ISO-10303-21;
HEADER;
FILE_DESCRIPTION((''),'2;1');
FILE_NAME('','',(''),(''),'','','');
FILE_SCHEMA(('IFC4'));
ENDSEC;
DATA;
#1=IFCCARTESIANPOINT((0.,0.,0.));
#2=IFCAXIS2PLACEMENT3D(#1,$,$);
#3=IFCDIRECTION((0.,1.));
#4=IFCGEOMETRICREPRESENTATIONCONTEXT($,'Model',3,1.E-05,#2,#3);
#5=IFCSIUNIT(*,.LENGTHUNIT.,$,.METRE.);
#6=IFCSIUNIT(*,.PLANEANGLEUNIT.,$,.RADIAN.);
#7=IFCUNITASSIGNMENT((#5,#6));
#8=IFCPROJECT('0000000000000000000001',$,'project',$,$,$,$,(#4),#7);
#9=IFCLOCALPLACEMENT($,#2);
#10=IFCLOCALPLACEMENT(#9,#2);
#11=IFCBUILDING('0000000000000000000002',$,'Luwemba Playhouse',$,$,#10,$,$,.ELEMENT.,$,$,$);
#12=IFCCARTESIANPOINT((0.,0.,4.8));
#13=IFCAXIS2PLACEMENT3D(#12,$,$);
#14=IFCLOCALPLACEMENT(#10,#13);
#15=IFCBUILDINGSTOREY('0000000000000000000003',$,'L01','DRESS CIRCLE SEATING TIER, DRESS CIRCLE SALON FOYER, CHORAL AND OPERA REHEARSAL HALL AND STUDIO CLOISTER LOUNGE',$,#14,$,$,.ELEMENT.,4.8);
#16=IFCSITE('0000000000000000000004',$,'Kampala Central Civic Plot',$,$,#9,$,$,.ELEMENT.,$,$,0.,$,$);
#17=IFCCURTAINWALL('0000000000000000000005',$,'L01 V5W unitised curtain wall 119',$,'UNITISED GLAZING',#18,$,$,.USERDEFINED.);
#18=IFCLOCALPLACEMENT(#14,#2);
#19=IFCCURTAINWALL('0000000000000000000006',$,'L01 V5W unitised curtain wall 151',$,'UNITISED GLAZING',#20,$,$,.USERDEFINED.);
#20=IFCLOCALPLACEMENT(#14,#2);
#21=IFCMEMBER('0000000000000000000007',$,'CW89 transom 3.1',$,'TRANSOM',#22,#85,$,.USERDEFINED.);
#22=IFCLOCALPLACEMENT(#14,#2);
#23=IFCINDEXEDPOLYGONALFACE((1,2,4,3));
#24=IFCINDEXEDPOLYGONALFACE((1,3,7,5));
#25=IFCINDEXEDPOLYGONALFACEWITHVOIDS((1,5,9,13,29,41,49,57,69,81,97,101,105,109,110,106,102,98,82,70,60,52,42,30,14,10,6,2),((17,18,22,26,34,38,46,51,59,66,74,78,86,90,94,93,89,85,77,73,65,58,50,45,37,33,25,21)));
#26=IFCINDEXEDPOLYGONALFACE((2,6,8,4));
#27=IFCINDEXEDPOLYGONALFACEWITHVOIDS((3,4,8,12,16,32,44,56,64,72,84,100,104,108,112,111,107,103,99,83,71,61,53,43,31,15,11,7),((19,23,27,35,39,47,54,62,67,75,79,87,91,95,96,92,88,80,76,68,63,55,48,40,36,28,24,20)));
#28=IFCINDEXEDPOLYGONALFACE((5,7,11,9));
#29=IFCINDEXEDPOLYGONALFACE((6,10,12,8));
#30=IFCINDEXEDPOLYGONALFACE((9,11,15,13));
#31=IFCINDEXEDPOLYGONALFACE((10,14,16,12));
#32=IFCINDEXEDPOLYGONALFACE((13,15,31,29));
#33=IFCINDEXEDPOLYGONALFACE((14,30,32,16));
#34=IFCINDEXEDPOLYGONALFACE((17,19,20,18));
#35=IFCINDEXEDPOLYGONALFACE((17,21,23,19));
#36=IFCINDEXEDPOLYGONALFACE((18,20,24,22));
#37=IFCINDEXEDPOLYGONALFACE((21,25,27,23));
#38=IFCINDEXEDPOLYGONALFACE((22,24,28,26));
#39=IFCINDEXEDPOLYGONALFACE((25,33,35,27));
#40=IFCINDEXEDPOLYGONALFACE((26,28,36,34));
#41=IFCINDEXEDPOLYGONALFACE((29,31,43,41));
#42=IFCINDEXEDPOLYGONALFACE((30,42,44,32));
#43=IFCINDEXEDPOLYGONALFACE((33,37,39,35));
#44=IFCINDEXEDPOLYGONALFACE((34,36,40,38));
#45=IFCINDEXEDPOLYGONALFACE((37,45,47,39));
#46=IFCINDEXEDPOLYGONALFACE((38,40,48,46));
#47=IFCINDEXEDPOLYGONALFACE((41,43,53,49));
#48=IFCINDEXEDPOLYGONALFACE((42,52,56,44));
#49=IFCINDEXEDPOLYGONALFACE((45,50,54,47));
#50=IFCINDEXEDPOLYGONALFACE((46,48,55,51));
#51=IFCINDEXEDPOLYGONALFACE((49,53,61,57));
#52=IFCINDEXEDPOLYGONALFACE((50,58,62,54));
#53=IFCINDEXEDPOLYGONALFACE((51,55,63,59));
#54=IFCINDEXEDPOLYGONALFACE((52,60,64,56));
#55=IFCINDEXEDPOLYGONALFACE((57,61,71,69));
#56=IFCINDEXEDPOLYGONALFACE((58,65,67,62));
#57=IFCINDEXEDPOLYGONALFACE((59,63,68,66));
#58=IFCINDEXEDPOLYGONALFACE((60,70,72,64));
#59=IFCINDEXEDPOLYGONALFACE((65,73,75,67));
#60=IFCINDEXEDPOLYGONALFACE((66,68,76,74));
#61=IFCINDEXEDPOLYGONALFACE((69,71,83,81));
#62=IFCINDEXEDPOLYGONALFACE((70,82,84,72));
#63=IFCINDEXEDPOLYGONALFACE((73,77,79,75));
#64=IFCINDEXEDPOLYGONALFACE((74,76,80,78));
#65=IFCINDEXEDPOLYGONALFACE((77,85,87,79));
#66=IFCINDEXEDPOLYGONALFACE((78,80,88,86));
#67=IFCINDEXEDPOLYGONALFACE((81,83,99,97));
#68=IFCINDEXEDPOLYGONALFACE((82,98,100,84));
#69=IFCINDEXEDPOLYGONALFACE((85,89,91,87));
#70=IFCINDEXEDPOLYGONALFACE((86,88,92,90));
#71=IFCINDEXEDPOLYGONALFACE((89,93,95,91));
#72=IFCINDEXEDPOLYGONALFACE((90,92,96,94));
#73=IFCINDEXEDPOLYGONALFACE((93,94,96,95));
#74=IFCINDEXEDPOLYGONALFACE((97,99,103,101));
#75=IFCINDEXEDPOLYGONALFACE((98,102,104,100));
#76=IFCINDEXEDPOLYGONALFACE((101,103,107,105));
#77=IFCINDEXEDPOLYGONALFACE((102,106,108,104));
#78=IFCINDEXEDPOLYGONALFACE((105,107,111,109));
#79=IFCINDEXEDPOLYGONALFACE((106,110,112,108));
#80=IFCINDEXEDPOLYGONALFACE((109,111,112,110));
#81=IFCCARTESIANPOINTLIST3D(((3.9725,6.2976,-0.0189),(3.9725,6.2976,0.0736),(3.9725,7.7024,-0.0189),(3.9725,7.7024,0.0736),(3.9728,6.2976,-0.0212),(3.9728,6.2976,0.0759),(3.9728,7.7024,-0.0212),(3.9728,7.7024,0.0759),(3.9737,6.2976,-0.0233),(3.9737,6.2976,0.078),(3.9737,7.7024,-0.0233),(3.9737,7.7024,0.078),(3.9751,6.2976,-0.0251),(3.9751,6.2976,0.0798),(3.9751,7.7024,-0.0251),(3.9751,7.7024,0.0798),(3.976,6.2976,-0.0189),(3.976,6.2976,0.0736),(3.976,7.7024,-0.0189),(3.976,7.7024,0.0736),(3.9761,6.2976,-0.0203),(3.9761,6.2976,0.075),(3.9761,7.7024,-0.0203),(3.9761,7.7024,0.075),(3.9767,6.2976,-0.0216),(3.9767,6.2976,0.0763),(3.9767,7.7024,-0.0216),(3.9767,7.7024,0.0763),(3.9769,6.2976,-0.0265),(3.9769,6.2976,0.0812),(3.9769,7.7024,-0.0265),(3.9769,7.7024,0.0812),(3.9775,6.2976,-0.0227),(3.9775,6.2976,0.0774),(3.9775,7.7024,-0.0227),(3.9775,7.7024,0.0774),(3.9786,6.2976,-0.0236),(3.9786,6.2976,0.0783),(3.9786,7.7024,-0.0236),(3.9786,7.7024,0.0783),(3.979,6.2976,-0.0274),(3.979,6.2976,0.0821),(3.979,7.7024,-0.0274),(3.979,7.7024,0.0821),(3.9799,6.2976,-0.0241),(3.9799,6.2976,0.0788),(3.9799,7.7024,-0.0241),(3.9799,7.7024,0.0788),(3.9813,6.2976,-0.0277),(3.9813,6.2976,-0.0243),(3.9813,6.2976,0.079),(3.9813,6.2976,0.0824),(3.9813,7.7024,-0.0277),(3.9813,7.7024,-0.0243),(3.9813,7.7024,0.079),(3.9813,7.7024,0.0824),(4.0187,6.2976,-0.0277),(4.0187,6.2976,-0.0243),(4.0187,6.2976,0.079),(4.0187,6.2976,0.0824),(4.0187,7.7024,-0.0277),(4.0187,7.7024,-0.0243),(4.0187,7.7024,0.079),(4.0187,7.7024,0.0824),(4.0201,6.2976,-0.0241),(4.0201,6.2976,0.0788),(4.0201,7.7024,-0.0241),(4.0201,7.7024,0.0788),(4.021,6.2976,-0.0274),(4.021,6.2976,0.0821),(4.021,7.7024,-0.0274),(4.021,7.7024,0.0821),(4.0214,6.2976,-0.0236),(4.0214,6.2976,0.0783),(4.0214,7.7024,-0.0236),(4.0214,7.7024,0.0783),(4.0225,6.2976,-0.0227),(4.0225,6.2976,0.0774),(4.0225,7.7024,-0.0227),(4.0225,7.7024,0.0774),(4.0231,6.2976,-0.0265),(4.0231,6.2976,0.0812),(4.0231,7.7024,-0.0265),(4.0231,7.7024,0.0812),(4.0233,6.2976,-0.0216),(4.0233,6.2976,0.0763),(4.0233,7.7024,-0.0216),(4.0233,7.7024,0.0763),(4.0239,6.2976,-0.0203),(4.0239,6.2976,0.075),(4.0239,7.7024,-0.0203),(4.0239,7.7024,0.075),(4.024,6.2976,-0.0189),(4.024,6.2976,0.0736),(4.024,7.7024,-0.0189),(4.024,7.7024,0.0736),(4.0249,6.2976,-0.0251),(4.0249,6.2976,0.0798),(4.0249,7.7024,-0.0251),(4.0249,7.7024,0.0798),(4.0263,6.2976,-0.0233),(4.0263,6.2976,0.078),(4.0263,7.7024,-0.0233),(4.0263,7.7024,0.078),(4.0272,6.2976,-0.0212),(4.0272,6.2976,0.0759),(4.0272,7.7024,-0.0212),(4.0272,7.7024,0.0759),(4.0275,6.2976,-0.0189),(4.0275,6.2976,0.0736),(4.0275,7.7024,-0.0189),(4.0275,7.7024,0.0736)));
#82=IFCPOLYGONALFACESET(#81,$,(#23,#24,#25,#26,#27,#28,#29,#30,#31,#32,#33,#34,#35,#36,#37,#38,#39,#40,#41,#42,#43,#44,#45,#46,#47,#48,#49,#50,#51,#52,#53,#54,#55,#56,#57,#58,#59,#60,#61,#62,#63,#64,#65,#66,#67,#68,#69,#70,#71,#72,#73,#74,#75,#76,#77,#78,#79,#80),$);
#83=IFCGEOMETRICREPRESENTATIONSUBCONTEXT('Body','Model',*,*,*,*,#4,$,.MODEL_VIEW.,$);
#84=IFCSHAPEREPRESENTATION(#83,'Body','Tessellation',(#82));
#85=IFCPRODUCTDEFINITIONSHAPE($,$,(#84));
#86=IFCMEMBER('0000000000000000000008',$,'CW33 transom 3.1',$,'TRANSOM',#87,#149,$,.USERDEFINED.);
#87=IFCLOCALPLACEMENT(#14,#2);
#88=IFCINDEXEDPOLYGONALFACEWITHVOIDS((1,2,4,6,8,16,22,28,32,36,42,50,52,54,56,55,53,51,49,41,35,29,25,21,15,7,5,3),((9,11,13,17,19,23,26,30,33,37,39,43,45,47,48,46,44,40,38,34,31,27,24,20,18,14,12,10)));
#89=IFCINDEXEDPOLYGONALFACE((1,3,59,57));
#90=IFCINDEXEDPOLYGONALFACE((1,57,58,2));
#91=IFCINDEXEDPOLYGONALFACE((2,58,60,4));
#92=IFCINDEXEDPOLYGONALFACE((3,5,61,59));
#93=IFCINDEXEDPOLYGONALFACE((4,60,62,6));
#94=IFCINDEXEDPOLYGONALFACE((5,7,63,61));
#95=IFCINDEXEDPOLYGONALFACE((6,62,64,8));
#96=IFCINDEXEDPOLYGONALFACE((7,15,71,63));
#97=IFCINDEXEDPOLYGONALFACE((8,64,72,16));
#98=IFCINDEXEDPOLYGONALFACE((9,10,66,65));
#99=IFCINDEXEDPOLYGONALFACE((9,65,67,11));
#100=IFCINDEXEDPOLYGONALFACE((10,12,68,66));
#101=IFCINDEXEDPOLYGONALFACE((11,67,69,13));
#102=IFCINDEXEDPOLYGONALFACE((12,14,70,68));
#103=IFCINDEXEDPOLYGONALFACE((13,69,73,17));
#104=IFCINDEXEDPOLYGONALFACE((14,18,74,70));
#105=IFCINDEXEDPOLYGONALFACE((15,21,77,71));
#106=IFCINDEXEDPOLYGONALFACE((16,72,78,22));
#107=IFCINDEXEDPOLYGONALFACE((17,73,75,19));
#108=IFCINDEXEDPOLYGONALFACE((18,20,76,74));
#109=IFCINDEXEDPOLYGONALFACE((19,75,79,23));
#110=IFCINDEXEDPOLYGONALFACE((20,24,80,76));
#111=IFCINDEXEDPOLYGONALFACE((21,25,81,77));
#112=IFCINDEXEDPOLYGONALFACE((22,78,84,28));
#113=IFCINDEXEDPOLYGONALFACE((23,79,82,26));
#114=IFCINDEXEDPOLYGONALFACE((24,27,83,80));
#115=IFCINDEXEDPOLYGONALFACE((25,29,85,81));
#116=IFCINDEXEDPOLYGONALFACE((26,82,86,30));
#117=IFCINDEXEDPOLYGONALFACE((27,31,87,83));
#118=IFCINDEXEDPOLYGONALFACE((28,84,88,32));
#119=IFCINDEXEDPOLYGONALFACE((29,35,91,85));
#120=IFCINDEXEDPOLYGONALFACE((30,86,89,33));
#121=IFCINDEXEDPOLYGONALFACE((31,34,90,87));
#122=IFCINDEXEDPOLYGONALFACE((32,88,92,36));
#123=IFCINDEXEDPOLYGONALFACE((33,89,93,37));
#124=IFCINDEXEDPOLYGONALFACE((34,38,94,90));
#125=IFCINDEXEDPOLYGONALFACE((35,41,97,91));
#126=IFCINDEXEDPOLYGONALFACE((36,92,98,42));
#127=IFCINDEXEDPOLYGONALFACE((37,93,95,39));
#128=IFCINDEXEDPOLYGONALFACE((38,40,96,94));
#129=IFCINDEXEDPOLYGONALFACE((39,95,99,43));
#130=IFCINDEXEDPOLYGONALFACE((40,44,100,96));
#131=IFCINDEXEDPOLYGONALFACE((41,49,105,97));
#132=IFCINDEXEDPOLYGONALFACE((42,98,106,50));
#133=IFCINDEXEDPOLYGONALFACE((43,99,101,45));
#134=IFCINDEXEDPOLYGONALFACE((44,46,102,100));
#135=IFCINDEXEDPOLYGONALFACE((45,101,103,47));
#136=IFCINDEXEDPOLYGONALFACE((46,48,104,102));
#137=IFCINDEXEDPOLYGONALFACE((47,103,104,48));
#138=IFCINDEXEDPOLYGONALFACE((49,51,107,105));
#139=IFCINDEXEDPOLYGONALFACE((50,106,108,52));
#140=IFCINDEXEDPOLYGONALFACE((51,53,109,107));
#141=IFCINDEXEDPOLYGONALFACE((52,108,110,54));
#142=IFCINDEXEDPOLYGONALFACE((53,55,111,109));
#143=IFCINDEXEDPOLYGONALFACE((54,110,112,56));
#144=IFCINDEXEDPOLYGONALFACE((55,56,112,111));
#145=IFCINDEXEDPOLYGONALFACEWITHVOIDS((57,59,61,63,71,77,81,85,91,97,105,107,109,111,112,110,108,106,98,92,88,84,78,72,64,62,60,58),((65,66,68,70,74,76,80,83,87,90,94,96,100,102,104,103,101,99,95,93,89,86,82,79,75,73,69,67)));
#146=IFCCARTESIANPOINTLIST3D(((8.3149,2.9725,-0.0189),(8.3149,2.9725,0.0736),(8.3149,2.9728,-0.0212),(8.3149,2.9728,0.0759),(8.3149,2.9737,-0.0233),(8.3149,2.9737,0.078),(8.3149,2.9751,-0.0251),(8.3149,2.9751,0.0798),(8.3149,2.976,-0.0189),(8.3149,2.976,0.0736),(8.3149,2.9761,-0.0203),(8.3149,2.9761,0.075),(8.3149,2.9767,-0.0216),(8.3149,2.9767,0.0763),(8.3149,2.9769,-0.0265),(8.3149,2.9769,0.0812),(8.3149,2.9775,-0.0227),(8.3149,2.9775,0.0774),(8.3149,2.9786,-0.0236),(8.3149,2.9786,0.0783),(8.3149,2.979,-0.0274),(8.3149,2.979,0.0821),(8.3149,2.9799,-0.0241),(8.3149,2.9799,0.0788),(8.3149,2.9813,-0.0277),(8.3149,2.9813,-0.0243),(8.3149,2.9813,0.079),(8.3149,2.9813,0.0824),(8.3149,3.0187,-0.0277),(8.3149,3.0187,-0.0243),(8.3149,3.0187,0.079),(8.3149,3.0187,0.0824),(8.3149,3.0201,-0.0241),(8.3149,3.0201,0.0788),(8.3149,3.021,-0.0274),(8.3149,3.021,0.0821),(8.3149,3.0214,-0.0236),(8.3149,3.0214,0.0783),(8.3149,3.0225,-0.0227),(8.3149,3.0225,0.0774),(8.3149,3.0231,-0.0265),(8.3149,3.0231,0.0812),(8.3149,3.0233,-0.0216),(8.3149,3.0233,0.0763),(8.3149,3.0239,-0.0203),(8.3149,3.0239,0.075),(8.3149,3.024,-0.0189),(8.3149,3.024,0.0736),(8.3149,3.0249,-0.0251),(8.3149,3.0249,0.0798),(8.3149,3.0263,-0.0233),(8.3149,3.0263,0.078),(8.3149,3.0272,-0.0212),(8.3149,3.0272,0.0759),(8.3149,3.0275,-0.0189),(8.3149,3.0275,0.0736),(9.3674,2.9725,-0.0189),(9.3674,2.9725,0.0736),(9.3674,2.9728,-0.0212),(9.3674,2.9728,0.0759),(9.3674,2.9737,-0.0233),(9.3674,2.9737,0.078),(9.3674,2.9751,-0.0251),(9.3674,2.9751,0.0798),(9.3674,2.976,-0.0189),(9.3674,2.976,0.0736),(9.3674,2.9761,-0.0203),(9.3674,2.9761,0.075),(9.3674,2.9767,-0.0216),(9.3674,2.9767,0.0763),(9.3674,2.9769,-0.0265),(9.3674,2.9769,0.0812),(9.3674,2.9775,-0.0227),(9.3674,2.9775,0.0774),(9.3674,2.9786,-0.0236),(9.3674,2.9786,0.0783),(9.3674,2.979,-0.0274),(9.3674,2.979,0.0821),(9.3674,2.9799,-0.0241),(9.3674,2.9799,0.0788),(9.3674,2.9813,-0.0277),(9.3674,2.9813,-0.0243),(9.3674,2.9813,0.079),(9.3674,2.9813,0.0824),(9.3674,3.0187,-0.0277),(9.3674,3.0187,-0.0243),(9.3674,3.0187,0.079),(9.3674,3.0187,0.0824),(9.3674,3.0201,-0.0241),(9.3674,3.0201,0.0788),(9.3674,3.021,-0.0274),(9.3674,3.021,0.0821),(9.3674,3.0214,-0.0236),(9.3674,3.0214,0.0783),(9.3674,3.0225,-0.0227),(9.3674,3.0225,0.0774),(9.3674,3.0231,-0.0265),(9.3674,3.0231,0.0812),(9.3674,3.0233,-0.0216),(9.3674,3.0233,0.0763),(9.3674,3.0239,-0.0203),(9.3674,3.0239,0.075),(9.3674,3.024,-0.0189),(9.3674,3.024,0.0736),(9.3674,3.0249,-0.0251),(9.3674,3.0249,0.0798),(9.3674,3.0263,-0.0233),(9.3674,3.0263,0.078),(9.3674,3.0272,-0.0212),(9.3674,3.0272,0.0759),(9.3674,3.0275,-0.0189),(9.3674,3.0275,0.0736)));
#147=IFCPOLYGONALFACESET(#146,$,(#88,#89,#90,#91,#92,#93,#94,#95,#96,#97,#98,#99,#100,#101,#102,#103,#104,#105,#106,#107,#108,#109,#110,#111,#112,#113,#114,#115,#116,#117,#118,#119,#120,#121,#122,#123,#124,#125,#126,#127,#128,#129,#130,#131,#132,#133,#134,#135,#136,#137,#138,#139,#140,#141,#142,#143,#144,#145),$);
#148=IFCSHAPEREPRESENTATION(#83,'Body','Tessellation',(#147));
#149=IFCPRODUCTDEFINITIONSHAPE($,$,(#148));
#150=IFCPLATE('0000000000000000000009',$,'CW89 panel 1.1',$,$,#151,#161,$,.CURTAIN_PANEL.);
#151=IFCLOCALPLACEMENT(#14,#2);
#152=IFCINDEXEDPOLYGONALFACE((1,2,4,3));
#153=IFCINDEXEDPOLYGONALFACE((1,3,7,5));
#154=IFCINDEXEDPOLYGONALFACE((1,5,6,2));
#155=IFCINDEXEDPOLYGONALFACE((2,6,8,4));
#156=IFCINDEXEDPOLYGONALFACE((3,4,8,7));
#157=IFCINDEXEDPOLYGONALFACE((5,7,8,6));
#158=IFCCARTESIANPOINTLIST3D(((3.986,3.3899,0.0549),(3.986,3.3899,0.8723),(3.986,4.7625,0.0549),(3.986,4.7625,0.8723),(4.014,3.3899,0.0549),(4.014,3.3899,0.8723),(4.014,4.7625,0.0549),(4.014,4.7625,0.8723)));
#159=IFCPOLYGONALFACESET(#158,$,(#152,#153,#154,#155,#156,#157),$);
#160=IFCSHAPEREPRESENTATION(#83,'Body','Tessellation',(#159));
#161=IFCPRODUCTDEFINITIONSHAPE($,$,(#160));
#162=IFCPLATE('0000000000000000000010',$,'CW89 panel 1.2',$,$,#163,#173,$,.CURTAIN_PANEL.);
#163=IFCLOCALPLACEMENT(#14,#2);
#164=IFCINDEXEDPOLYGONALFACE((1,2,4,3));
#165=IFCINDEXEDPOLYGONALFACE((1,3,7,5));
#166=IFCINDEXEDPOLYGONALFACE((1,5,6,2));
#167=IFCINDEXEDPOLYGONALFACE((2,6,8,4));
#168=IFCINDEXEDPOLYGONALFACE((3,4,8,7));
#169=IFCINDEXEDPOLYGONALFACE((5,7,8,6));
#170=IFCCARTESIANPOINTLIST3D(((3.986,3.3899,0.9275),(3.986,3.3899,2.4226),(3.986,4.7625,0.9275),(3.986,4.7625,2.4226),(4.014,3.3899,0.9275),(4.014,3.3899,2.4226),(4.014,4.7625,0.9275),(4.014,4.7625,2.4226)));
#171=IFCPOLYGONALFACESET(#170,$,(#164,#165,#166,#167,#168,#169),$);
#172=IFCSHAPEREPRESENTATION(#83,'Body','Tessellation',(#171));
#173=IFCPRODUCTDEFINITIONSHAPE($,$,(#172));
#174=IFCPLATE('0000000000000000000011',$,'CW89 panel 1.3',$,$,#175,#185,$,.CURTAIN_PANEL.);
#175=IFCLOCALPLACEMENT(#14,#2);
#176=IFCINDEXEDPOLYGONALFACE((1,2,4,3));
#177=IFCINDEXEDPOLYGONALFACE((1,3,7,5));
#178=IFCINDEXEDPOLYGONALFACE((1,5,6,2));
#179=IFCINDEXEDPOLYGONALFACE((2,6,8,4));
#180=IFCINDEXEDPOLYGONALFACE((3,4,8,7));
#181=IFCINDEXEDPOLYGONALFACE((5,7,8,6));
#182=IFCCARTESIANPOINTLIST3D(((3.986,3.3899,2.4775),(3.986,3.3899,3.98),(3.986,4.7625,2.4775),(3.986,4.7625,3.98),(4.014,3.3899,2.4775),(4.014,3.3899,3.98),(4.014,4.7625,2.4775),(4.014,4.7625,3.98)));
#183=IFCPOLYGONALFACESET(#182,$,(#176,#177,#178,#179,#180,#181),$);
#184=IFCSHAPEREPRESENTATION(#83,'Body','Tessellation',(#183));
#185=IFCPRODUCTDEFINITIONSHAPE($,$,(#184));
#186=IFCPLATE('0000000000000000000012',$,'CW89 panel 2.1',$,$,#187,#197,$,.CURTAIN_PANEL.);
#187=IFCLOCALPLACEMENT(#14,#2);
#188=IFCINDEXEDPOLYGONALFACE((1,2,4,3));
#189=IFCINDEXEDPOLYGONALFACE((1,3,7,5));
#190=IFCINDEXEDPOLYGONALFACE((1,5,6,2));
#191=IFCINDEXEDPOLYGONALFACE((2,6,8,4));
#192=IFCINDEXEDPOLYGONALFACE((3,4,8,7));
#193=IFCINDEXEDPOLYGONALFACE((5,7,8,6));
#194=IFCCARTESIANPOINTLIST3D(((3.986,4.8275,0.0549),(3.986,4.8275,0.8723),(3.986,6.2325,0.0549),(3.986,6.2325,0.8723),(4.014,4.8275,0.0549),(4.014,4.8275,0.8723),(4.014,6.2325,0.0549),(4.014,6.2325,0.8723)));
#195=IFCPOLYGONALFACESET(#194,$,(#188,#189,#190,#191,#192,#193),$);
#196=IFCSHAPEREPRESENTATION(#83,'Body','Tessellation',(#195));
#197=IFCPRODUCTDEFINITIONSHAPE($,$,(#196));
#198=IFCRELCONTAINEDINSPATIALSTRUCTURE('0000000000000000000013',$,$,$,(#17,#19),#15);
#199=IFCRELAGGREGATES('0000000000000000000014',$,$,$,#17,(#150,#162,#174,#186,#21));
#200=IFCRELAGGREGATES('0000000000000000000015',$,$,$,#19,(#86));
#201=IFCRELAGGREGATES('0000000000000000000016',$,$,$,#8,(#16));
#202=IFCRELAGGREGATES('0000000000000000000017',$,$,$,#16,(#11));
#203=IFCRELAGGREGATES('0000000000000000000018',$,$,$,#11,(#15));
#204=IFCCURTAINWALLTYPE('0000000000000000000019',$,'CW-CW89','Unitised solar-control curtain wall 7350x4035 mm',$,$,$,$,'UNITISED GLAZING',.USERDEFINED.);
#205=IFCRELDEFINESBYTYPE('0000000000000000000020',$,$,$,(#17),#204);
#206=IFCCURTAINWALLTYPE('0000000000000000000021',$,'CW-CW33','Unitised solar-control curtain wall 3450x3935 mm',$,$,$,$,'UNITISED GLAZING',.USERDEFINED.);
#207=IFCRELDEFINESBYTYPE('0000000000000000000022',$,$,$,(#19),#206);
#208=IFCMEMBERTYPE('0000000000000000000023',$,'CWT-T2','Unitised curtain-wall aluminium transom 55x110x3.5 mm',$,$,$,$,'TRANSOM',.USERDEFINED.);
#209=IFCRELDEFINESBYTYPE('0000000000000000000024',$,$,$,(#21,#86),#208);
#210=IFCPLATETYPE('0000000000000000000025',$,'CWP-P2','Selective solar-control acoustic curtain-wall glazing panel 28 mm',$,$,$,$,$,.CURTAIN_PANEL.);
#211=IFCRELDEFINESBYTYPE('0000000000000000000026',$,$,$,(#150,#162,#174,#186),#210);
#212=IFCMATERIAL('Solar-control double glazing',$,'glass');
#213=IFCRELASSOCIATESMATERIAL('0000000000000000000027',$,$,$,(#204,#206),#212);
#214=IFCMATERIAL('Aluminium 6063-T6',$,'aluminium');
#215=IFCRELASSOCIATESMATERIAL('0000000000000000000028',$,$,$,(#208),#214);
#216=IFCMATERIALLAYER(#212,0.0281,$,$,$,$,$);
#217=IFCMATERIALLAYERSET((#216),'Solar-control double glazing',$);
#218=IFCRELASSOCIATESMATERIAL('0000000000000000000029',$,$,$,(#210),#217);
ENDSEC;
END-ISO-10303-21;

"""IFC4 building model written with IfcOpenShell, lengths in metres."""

from ifc_helpers import new_model, si_unit, direction, frame, origin, origin_2d, place, context, subcontext, project, spatial, rectangle, hollow_rectangle, extrude, material, layer, layer_set, material_profile, profile_set, type_object, element, aggregate, save


model = new_model("IFC4")

# Units and contexts
model_context = context("Model", 3, precision=1e-05, world=origin(), true_north=direction((0.0, 1.0)))
body_context = subcontext(model_context, "Body", "Model", "MODEL_VIEW")
ifc_project = project(units=[si_unit("LENGTHUNIT", "METRE"), si_unit("PLANEANGLEUNIT", "RADIAN")], contexts=[model_context])

# Site, building, storey
site_placement = place(None, origin())
site = spatial("IfcSite", under=ifc_project, at=site_placement, Name="Kampala Central Civic Plot", CompositionType="ELEMENT", RefElevation=0.0)
building_placement = place(site_placement, origin())
building = spatial("IfcBuilding", under=site, at=building_placement, Name="Luwemba Playhouse", CompositionType="ELEMENT")
storey_placement = place(building_placement, frame((0.0, 0.0, 4.8)))
storey = spatial("IfcBuildingStorey", under=building, at=storey_placement, Name="L01", Description="DRESS CIRCLE SEATING TIER, DRESS CIRCLE SALON FOYER, CHORAL AND OPERA REHEARSAL HALL AND STUDIO CLOISTER LOUNGE", CompositionType="ELEMENT", Elevation=4.8)

# Curtain wall
ifc_material_1 = material(Name="Solar-control double glazing", Category="glass")
curtain_wall_type_1 = type_object("IfcCurtainWallType", Name="CW-CW89", Description="Unitised solar-control curtain wall 7350x4035 mm", ElementType="UNITISED GLAZING", PredefinedType="USERDEFINED", material=ifc_material_1)
curtain_wall_1_placement = place(storey_placement, origin())
curtain_wall_1 = element("IfcCurtainWall", 1, at=curtain_wall_1_placement, inside=storey, type_object=curtain_wall_type_1, Name="L01 V5W unitised curtain wall 119", ObjectType="UNITISED GLAZING", PredefinedType="USERDEFINED")
ifc_material_2 = material(Name="Aluminium 6063-T6", Category="aluminium")

# Curtain wall
curtain_wall_type_2 = type_object("IfcCurtainWallType", Name="CW-CW33", Description="Unitised solar-control curtain wall 3450x3935 mm", ElementType="UNITISED GLAZING", PredefinedType="USERDEFINED", material=ifc_material_1)
curtain_wall_2_placement = place(storey_placement, origin())
curtain_wall_2 = element("IfcCurtainWall", 2, at=curtain_wall_2_placement, inside=storey, type_object=curtain_wall_type_2, Name="L01 V5W unitised curtain wall 151", ObjectType="UNITISED GLAZING", PredefinedType="USERDEFINED")

# Members
ifc_material_profile_1 = material_profile(ifc_material_2, hollow_rectangle(XDim=0.0549, YDim=0.1101, WallThickness=0.0034, InnerFilletRadius=0.0054, OuterFilletRadius=0.0088, at=origin_2d()))
ifc_profile_set_1 = profile_set([ifc_material_profile_1], Name="Aluminium 6063-T6")
member_type_1 = type_object("IfcMemberType", Name="CWT-T2", Description="Unitised curtain-wall aluminium transom 55x110x3.5 mm", ElementType="TRANSOM", PredefinedType="USERDEFINED", material=ifc_profile_set_1)
member_1_placement = place(storey_placement, frame((4.0, 6.2976, 0.0273), z_axis=(0.0, 1.0, 0.0), x_axis=(-1.0, 0.0, 0.0)))
member_1 = element("IfcMember", 3, at=member_1_placement, type_object=member_type_1, Name="CW89 transom 3.1", ObjectType="TRANSOM", PredefinedType="USERDEFINED", context=body_context, shape_type="SweptSolid", body=[
    extrude(hollow_rectangle(XDim=0.0549, YDim=0.1101, WallThickness=0.0034, InnerFilletRadius=0.0054, OuterFilletRadius=0.0088, at=origin_2d()), origin(), (0.0, 0.0, 1.0), 1.4048),
])
member_2_placement = place(storey_placement, frame((9.3674, 3.0, 0.0273), z_axis=(-1.0, 0.0, 0.0), x_axis=(0.0, -1.0, 0.0)))
member_2 = element("IfcMember", 4, at=member_2_placement, type_object=member_type_1, Name="CW33 transom 3.1", ObjectType="TRANSOM", PredefinedType="USERDEFINED", context=body_context, shape_type="SweptSolid", body=[
    extrude(hollow_rectangle(XDim=0.0549, YDim=0.1101, WallThickness=0.0034, InnerFilletRadius=0.0054, OuterFilletRadius=0.0088, at=origin_2d()), origin(), (0.0, 0.0, 1.0), 1.0525),
])

# Plates
ifc_layer_1 = layer(ifc_material_1, 0.0281)
ifc_layer_set_1 = layer_set([ifc_layer_1], Name="Solar-control double glazing")
plate_type = type_object("IfcPlateType", Name="CWP-P2", Description="Selective solar-control acoustic curtain-wall glazing panel 28 mm", PredefinedType="CURTAIN_PANEL", material=ifc_layer_set_1)
plate_1_placement = place(storey_placement, frame((4.0, 4.0762, 0.0549), z_axis=(0.0, 0.0, 1.0), x_axis=(0.0, 1.0, 0.0)))
plate_1 = element("IfcPlate", 5, at=plate_1_placement, type_object=plate_type, Name="CW89 panel 1.1", PredefinedType="CURTAIN_PANEL", context=body_context, shape_type="SweptSolid", body=[
    extrude(rectangle(XDim=1.3726, YDim=0.0281, at=origin_2d()), origin(), (0.0, 0.0, 1.0), 0.8174),
])
plate_2_placement = place(storey_placement, frame((4.0, 4.0762, 0.9275), z_axis=(0.0, 0.0, 1.0), x_axis=(0.0, 1.0, 0.0)))
plate_2 = element("IfcPlate", 6, at=plate_2_placement, type_object=plate_type, Name="CW89 panel 1.2", PredefinedType="CURTAIN_PANEL", context=body_context, shape_type="SweptSolid", body=[
    extrude(rectangle(XDim=1.3726, YDim=0.0281, at=origin_2d()), origin(), (0.0, 0.0, 1.0), 1.4951),
])
plate_3_placement = place(storey_placement, frame((4.0, 4.0762, 2.4775), z_axis=(0.0, 0.0, 1.0), x_axis=(0.0, 1.0, 0.0)))
plate_3 = element("IfcPlate", 7, at=plate_3_placement, type_object=plate_type, Name="CW89 panel 1.3", PredefinedType="CURTAIN_PANEL", context=body_context, shape_type="SweptSolid", body=[
    extrude(rectangle(XDim=1.3726, YDim=0.0281, at=origin_2d()), origin(), (0.0, 0.0, 1.0), 1.5024),
])
plate_4_placement = place(storey_placement, frame((4.0, 5.53, 0.0549), z_axis=(0.0, 0.0, 1.0), x_axis=(0.0, 1.0, 0.0)))
plate_4 = element("IfcPlate", 8, at=plate_4_placement, type_object=plate_type, Name="CW89 panel 2.1", PredefinedType="CURTAIN_PANEL", context=body_context, shape_type="SweptSolid", body=[
    extrude(rectangle(XDim=1.405, YDim=0.0281, at=origin_2d()), origin(), (0.0, 0.0, 1.0), 0.8174),
])
aggregate(curtain_wall_1, [plate_1, plate_2, plate_3, plate_4, member_1])
aggregate(curtain_wall_2, [member_2])

save(model, "model.ifc")
